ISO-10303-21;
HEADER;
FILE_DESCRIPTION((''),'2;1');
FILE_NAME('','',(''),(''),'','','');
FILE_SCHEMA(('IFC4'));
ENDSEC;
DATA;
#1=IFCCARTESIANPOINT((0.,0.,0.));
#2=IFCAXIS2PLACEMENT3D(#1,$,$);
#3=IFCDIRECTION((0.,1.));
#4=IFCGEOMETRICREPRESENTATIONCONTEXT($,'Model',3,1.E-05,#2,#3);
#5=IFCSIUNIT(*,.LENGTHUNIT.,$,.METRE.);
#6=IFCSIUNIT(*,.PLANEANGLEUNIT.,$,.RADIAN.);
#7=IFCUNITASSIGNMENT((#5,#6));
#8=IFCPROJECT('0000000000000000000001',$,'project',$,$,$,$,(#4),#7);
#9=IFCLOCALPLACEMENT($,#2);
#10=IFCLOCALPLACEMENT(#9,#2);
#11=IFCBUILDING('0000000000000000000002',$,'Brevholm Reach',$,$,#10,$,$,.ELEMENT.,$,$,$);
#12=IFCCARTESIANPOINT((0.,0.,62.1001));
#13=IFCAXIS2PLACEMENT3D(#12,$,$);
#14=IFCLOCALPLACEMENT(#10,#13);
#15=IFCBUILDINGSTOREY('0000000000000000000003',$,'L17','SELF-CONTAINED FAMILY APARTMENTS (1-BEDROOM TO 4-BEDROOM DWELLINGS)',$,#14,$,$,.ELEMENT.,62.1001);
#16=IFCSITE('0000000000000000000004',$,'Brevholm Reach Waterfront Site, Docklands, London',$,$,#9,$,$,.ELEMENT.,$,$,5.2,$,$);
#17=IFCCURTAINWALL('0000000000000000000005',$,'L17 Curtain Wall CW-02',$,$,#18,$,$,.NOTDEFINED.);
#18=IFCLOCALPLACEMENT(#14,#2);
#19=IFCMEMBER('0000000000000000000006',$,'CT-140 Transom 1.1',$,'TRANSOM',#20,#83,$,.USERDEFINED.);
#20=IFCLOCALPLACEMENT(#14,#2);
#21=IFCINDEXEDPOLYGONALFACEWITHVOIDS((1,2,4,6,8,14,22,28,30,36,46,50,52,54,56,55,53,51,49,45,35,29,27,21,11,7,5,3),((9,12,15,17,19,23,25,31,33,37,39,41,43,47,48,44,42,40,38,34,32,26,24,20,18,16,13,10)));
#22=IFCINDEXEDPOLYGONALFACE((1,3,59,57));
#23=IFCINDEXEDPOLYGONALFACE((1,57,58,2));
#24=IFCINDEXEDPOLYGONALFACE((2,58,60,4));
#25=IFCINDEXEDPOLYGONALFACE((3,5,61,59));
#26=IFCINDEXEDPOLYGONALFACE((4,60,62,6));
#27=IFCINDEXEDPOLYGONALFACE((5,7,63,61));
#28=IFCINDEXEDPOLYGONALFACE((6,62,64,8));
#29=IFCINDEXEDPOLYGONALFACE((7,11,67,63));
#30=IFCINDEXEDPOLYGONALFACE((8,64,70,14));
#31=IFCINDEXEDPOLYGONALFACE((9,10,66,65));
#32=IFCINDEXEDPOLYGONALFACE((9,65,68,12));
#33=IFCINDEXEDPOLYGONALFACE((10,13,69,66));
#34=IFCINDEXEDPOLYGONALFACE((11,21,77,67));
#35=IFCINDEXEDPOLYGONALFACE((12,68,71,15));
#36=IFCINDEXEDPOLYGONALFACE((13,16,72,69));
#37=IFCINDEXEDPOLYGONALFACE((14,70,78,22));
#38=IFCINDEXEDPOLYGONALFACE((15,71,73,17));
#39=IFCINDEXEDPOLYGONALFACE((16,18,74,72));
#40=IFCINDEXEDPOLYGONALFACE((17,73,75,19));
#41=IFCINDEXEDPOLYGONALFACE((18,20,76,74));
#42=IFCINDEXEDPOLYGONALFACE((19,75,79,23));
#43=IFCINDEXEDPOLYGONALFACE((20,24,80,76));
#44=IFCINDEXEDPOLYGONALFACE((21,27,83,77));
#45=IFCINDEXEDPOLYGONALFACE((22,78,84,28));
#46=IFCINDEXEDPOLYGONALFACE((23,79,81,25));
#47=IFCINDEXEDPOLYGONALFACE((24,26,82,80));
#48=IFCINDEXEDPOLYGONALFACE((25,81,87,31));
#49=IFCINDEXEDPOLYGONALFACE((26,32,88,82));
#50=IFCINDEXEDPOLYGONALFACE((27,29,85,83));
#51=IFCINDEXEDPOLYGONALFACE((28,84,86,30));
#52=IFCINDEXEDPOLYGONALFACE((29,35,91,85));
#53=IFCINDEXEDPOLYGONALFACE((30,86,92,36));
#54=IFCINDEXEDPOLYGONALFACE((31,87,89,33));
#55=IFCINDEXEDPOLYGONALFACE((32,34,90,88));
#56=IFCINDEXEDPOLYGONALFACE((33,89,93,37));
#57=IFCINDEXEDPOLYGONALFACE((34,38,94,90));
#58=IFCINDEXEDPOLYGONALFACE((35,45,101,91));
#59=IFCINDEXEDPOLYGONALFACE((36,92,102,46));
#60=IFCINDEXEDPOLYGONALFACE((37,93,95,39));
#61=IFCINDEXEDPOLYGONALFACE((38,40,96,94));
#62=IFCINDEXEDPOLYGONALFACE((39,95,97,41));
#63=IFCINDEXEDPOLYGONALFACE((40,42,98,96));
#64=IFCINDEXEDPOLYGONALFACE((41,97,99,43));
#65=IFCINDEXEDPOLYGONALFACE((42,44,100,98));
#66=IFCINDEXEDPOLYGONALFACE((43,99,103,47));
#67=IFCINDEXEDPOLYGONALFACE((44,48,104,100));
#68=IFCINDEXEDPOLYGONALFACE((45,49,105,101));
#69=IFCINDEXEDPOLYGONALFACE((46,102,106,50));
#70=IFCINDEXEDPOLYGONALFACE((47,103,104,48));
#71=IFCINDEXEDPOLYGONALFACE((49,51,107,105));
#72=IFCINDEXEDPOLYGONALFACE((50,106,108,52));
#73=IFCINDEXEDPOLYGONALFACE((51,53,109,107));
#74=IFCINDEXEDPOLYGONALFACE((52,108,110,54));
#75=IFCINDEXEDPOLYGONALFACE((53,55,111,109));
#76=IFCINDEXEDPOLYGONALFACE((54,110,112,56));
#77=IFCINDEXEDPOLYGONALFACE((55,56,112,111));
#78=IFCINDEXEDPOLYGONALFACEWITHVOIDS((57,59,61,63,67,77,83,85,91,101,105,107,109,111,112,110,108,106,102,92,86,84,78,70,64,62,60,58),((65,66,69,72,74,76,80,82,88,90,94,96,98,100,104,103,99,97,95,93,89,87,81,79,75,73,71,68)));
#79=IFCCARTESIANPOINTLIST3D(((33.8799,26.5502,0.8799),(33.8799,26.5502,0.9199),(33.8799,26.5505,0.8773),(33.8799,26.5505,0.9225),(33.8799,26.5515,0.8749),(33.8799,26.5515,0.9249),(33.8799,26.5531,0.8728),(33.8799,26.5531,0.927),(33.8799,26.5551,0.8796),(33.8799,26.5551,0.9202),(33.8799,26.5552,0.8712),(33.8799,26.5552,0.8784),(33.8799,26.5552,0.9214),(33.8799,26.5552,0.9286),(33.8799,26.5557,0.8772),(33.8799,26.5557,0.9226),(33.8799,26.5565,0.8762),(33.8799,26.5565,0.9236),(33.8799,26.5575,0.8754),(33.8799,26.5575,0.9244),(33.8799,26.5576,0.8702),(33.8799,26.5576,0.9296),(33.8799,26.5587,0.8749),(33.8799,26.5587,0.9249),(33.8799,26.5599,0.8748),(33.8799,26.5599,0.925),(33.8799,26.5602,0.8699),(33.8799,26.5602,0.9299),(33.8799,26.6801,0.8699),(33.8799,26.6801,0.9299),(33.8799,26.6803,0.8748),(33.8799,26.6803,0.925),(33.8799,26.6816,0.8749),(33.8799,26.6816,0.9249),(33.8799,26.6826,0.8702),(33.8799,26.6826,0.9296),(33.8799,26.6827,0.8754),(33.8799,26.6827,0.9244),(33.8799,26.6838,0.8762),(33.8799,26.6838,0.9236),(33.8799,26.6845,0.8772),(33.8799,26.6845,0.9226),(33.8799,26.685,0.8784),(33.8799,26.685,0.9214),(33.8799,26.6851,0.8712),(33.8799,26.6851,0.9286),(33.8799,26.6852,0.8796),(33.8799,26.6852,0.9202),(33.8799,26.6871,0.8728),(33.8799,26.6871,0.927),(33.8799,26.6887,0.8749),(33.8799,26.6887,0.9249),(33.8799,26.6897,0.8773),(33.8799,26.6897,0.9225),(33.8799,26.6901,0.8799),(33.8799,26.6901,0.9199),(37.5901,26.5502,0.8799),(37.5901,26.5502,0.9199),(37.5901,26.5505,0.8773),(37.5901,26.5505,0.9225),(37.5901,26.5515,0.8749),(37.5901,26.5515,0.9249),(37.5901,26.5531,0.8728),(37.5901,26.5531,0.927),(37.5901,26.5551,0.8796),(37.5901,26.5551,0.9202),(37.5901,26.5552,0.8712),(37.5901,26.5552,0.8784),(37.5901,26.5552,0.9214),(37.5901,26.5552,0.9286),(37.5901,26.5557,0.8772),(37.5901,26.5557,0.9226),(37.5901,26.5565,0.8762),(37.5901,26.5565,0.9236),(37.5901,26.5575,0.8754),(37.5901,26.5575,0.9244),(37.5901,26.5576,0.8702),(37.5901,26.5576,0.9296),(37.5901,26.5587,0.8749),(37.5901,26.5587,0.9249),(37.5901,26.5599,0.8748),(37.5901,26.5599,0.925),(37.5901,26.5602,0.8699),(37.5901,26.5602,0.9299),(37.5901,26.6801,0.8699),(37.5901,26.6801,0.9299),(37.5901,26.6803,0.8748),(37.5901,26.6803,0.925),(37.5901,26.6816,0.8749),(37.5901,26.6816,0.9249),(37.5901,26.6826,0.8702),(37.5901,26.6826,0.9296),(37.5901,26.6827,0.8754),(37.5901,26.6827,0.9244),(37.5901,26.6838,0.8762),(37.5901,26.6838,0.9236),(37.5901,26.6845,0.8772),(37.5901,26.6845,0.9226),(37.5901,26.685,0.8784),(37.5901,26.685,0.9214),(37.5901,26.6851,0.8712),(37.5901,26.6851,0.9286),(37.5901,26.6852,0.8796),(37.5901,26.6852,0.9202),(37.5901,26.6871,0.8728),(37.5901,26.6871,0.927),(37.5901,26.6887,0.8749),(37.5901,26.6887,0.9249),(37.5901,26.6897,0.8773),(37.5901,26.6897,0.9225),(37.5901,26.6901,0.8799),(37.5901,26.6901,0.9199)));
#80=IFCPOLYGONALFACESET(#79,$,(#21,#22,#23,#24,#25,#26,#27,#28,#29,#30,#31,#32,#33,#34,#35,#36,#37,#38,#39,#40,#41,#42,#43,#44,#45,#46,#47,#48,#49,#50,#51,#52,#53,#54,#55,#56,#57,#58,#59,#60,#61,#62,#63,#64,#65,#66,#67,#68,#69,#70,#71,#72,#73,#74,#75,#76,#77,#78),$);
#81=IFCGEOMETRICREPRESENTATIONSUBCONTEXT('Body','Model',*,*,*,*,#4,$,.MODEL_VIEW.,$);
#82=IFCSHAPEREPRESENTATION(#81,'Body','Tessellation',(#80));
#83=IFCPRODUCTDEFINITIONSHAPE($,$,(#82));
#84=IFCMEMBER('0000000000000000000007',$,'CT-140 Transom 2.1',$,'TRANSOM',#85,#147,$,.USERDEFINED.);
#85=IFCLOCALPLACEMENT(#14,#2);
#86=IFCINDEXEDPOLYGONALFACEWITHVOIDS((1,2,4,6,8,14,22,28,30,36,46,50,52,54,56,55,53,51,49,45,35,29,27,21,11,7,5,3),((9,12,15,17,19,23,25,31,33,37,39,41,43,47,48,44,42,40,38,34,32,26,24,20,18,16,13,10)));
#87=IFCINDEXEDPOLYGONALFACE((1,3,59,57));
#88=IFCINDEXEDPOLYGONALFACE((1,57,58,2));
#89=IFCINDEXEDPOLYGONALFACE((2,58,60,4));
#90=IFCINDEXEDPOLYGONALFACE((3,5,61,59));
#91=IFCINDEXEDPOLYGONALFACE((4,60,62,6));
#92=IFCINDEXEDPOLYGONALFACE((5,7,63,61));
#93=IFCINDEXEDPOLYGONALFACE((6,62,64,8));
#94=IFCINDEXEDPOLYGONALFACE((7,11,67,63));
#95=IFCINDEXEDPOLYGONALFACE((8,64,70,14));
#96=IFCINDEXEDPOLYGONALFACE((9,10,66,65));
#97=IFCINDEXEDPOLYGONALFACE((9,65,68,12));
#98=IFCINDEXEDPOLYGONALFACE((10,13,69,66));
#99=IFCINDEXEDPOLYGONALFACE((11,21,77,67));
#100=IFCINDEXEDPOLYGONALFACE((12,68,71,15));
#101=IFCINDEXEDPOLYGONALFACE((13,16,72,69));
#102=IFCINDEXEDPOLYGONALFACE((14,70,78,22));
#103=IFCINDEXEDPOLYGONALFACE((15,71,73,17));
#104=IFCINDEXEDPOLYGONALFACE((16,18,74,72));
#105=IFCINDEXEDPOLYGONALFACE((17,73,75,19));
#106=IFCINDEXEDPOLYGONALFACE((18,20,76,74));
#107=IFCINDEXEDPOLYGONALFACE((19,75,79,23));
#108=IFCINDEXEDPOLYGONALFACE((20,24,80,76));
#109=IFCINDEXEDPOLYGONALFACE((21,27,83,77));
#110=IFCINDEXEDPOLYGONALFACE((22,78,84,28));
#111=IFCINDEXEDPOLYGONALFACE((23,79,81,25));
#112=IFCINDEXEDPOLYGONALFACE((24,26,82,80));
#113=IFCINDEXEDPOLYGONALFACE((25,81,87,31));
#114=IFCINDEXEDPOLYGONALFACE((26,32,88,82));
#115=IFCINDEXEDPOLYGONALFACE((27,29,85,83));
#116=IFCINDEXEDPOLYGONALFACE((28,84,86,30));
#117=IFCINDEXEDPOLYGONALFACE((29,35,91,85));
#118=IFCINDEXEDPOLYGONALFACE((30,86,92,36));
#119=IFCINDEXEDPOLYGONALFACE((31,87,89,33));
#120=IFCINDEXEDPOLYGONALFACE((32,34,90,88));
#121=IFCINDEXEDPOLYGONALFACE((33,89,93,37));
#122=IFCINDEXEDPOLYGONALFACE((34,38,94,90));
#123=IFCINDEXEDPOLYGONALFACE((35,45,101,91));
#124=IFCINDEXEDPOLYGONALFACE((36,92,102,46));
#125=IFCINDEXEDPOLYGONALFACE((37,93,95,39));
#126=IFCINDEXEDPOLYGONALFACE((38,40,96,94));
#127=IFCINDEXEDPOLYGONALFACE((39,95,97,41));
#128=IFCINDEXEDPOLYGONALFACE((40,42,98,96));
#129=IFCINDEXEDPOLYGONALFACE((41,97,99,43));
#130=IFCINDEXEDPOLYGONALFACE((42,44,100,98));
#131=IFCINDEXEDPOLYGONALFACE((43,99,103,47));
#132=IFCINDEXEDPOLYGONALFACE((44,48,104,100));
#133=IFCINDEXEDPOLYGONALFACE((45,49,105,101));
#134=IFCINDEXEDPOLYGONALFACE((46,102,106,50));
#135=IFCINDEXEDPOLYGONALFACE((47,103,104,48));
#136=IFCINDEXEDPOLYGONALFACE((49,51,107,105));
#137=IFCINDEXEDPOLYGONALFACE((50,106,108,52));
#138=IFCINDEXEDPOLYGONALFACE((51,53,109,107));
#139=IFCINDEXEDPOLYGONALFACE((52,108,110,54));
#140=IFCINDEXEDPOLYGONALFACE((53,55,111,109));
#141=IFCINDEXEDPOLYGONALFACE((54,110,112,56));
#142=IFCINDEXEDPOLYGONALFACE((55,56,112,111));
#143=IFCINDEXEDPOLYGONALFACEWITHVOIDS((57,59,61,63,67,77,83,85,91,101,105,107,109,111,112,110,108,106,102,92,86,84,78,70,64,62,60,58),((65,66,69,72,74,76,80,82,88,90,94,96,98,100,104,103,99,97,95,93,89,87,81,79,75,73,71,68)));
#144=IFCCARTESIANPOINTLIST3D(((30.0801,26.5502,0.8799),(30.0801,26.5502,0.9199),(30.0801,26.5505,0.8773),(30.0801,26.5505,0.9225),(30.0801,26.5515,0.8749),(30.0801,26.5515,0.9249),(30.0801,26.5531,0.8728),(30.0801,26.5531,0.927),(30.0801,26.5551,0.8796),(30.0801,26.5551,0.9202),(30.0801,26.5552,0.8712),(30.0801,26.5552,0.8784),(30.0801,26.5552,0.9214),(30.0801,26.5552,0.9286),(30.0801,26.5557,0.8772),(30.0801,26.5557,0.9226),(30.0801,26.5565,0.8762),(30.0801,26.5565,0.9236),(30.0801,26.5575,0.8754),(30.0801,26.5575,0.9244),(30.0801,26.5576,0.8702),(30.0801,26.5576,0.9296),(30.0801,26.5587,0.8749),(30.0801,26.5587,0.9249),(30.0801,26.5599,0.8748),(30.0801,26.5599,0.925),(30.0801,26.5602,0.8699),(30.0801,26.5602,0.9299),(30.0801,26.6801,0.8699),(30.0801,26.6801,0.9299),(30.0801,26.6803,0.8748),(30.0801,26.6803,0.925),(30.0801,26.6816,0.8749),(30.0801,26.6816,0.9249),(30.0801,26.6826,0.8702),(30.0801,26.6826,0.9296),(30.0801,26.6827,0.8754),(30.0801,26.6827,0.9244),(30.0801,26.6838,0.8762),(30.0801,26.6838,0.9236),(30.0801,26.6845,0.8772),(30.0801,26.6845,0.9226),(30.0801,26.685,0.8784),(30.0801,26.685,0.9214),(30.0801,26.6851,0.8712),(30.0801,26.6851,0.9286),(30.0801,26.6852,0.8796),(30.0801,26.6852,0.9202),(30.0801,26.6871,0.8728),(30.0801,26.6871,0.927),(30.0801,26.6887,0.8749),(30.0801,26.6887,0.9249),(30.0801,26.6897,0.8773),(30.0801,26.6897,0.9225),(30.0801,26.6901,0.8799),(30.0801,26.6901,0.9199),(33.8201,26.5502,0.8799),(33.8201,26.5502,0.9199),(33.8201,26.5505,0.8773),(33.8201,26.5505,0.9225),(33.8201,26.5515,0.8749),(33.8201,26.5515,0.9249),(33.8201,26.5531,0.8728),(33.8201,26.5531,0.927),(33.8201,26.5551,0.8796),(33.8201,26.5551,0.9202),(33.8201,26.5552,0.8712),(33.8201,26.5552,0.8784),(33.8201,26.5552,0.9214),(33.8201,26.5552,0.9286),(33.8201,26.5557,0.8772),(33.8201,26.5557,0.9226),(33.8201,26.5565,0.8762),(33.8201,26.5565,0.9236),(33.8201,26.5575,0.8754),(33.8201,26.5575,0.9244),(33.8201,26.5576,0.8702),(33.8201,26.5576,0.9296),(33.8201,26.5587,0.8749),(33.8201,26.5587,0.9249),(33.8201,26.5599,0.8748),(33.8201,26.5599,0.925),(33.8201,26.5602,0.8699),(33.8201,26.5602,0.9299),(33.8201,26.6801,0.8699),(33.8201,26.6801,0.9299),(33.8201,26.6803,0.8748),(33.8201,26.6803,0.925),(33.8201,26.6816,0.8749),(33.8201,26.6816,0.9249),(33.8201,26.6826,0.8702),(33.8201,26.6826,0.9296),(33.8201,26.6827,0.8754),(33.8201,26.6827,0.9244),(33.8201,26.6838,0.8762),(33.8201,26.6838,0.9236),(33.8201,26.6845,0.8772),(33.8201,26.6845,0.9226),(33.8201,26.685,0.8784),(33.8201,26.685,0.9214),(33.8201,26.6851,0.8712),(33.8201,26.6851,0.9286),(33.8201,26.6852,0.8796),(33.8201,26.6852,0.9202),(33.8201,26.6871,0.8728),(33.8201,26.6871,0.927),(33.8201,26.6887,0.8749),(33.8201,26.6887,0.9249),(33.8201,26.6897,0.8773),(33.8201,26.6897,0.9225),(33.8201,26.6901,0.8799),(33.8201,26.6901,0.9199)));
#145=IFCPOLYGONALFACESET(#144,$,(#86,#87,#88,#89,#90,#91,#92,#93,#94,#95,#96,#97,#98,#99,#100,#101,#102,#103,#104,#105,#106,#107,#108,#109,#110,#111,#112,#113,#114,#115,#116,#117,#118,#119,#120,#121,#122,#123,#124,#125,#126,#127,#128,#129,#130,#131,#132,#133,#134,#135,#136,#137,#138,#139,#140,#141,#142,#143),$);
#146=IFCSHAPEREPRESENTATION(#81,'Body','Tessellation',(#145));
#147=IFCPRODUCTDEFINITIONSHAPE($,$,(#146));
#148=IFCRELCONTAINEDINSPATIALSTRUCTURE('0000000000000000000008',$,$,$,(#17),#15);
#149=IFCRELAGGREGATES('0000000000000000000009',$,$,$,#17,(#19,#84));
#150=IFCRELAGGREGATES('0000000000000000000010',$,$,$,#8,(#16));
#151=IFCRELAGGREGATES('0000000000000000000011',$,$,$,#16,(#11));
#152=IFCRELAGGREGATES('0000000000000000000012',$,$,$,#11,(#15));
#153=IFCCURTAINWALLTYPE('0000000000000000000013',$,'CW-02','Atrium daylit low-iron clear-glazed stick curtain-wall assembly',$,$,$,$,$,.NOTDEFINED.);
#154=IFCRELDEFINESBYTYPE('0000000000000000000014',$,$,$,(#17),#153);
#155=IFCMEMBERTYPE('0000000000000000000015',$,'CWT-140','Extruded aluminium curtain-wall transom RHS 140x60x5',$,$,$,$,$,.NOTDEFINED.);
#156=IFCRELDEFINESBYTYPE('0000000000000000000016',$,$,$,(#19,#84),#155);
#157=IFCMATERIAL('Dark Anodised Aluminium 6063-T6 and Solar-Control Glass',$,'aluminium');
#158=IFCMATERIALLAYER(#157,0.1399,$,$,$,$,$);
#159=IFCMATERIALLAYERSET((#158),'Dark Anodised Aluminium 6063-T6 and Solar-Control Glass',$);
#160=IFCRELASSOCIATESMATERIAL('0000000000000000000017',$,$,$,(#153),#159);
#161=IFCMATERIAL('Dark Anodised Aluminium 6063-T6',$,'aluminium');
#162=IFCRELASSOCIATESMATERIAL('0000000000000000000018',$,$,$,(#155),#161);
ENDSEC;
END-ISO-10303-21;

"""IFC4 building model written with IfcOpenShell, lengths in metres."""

from ifc_helpers import new_model, si_unit, direction, frame, origin, origin_2d, place, context, subcontext, project, spatial, hollow_rectangle, extrude, material, layer, layer_set, material_profile, profile_set, type_object, element, aggregate, save


model = new_model("IFC4")

# Units and contexts
model_context = context("Model", 3, precision=1e-05, world=origin(), true_north=direction((0.0, 1.0)))
body_context = subcontext(model_context, "Body", "Model", "MODEL_VIEW")
ifc_project = project(units=[si_unit("LENGTHUNIT", "METRE"), si_unit("PLANEANGLEUNIT", "RADIAN")], contexts=[model_context])

# Site, building, storey
site_placement = place(None, origin())
site = spatial("IfcSite", under=ifc_project, at=site_placement, Name="Brevholm Reach Waterfront Site, Docklands, London", CompositionType="ELEMENT", RefElevation=5.2)
building_placement = place(site_placement, origin())
building = spatial("IfcBuilding", under=site, at=building_placement, Name="Brevholm Reach", CompositionType="ELEMENT")
storey_placement = place(building_placement, frame((0.0, 0.0, 62.1001)))
storey = spatial("IfcBuildingStorey", under=building, at=storey_placement, Name="L17", Description="SELF-CONTAINED FAMILY APARTMENTS (1-BEDROOM TO 4-BEDROOM DWELLINGS)", CompositionType="ELEMENT", Elevation=62.1001)

# Curtain wall
ifc_material_1 = material(Name="Dark Anodised Aluminium 6063-T6 and Solar-Control Glass", Category="aluminium")
ifc_layer_1 = layer(ifc_material_1, 0.1399)
ifc_layer_set_1 = layer_set([ifc_layer_1], Name="Dark Anodised Aluminium 6063-T6 and Solar-Control Glass")
curtain_wall_type_1 = type_object("IfcCurtainWallType", Name="CW-02", Description="Atrium daylit low-iron clear-glazed stick curtain-wall assembly", PredefinedType="NOTDEFINED", material=ifc_layer_set_1)
curtain_wall_1_placement = place(storey_placement, origin())
curtain_wall_1 = element("IfcCurtainWall", 1, at=curtain_wall_1_placement, inside=storey, type_object=curtain_wall_type_1, Name="L17 Curtain Wall CW-02", PredefinedType="NOTDEFINED")

# Members
ifc_material_2 = material(Name="Dark Anodised Aluminium 6063-T6", Category="aluminium")
ifc_material_profile_1 = material_profile(ifc_material_2, hollow_rectangle(XDim=0.0601, YDim=0.1399, WallThickness=0.0049, InnerFilletRadius=0.0049, OuterFilletRadius=0.01, at=origin_2d()), Name="RHS 140x60x5")
ifc_profile_set_1 = profile_set([ifc_material_profile_1], Name="Dark Anodised Aluminium 6063-T6")
member_type_1 = type_object("IfcMemberType", Name="CWT-140", Description="Extruded aluminium curtain-wall transom RHS 140x60x5", PredefinedType="NOTDEFINED", material=ifc_profile_set_1)
member_1_placement = place(storey_placement, frame((37.5901, 26.6201, 0.8999), z_axis=(-1.0, 0.0, 0.0), x_axis=(0.0, 0.0, 1.0)))
member_1 = element("IfcMember", 2, at=member_1_placement, type_object=member_type_1, Name="CT-140 Transom 1.1", ObjectType="TRANSOM", PredefinedType="USERDEFINED", context=body_context, shape_type="SweptSolid", body=[
    extrude(hollow_rectangle(XDim=0.0601, YDim=0.1399, WallThickness=0.0049, InnerFilletRadius=0.0049, OuterFilletRadius=0.01, at=origin_2d()), origin(), (0.0, 0.0, 1.0), 3.7102),
])
member_2_placement = place(storey_placement, frame((33.8201, 26.6201, 0.8999), z_axis=(-1.0, 0.0, 0.0), x_axis=(0.0, 0.0, 1.0)))
member_2 = element("IfcMember", 3, at=member_2_placement, type_object=member_type_1, Name="CT-140 Transom 2.1", ObjectType="TRANSOM", PredefinedType="USERDEFINED", context=body_context, shape_type="SweptSolid", body=[
    extrude(hollow_rectangle(XDim=0.0601, YDim=0.1399, WallThickness=0.0049, InnerFilletRadius=0.0049, OuterFilletRadius=0.01, at=origin_2d()), origin(), (0.0, 0.0, 1.0), 3.74),
])

aggregate(curtain_wall_1, [member_1, member_2])

save(model, "model.ifc")
